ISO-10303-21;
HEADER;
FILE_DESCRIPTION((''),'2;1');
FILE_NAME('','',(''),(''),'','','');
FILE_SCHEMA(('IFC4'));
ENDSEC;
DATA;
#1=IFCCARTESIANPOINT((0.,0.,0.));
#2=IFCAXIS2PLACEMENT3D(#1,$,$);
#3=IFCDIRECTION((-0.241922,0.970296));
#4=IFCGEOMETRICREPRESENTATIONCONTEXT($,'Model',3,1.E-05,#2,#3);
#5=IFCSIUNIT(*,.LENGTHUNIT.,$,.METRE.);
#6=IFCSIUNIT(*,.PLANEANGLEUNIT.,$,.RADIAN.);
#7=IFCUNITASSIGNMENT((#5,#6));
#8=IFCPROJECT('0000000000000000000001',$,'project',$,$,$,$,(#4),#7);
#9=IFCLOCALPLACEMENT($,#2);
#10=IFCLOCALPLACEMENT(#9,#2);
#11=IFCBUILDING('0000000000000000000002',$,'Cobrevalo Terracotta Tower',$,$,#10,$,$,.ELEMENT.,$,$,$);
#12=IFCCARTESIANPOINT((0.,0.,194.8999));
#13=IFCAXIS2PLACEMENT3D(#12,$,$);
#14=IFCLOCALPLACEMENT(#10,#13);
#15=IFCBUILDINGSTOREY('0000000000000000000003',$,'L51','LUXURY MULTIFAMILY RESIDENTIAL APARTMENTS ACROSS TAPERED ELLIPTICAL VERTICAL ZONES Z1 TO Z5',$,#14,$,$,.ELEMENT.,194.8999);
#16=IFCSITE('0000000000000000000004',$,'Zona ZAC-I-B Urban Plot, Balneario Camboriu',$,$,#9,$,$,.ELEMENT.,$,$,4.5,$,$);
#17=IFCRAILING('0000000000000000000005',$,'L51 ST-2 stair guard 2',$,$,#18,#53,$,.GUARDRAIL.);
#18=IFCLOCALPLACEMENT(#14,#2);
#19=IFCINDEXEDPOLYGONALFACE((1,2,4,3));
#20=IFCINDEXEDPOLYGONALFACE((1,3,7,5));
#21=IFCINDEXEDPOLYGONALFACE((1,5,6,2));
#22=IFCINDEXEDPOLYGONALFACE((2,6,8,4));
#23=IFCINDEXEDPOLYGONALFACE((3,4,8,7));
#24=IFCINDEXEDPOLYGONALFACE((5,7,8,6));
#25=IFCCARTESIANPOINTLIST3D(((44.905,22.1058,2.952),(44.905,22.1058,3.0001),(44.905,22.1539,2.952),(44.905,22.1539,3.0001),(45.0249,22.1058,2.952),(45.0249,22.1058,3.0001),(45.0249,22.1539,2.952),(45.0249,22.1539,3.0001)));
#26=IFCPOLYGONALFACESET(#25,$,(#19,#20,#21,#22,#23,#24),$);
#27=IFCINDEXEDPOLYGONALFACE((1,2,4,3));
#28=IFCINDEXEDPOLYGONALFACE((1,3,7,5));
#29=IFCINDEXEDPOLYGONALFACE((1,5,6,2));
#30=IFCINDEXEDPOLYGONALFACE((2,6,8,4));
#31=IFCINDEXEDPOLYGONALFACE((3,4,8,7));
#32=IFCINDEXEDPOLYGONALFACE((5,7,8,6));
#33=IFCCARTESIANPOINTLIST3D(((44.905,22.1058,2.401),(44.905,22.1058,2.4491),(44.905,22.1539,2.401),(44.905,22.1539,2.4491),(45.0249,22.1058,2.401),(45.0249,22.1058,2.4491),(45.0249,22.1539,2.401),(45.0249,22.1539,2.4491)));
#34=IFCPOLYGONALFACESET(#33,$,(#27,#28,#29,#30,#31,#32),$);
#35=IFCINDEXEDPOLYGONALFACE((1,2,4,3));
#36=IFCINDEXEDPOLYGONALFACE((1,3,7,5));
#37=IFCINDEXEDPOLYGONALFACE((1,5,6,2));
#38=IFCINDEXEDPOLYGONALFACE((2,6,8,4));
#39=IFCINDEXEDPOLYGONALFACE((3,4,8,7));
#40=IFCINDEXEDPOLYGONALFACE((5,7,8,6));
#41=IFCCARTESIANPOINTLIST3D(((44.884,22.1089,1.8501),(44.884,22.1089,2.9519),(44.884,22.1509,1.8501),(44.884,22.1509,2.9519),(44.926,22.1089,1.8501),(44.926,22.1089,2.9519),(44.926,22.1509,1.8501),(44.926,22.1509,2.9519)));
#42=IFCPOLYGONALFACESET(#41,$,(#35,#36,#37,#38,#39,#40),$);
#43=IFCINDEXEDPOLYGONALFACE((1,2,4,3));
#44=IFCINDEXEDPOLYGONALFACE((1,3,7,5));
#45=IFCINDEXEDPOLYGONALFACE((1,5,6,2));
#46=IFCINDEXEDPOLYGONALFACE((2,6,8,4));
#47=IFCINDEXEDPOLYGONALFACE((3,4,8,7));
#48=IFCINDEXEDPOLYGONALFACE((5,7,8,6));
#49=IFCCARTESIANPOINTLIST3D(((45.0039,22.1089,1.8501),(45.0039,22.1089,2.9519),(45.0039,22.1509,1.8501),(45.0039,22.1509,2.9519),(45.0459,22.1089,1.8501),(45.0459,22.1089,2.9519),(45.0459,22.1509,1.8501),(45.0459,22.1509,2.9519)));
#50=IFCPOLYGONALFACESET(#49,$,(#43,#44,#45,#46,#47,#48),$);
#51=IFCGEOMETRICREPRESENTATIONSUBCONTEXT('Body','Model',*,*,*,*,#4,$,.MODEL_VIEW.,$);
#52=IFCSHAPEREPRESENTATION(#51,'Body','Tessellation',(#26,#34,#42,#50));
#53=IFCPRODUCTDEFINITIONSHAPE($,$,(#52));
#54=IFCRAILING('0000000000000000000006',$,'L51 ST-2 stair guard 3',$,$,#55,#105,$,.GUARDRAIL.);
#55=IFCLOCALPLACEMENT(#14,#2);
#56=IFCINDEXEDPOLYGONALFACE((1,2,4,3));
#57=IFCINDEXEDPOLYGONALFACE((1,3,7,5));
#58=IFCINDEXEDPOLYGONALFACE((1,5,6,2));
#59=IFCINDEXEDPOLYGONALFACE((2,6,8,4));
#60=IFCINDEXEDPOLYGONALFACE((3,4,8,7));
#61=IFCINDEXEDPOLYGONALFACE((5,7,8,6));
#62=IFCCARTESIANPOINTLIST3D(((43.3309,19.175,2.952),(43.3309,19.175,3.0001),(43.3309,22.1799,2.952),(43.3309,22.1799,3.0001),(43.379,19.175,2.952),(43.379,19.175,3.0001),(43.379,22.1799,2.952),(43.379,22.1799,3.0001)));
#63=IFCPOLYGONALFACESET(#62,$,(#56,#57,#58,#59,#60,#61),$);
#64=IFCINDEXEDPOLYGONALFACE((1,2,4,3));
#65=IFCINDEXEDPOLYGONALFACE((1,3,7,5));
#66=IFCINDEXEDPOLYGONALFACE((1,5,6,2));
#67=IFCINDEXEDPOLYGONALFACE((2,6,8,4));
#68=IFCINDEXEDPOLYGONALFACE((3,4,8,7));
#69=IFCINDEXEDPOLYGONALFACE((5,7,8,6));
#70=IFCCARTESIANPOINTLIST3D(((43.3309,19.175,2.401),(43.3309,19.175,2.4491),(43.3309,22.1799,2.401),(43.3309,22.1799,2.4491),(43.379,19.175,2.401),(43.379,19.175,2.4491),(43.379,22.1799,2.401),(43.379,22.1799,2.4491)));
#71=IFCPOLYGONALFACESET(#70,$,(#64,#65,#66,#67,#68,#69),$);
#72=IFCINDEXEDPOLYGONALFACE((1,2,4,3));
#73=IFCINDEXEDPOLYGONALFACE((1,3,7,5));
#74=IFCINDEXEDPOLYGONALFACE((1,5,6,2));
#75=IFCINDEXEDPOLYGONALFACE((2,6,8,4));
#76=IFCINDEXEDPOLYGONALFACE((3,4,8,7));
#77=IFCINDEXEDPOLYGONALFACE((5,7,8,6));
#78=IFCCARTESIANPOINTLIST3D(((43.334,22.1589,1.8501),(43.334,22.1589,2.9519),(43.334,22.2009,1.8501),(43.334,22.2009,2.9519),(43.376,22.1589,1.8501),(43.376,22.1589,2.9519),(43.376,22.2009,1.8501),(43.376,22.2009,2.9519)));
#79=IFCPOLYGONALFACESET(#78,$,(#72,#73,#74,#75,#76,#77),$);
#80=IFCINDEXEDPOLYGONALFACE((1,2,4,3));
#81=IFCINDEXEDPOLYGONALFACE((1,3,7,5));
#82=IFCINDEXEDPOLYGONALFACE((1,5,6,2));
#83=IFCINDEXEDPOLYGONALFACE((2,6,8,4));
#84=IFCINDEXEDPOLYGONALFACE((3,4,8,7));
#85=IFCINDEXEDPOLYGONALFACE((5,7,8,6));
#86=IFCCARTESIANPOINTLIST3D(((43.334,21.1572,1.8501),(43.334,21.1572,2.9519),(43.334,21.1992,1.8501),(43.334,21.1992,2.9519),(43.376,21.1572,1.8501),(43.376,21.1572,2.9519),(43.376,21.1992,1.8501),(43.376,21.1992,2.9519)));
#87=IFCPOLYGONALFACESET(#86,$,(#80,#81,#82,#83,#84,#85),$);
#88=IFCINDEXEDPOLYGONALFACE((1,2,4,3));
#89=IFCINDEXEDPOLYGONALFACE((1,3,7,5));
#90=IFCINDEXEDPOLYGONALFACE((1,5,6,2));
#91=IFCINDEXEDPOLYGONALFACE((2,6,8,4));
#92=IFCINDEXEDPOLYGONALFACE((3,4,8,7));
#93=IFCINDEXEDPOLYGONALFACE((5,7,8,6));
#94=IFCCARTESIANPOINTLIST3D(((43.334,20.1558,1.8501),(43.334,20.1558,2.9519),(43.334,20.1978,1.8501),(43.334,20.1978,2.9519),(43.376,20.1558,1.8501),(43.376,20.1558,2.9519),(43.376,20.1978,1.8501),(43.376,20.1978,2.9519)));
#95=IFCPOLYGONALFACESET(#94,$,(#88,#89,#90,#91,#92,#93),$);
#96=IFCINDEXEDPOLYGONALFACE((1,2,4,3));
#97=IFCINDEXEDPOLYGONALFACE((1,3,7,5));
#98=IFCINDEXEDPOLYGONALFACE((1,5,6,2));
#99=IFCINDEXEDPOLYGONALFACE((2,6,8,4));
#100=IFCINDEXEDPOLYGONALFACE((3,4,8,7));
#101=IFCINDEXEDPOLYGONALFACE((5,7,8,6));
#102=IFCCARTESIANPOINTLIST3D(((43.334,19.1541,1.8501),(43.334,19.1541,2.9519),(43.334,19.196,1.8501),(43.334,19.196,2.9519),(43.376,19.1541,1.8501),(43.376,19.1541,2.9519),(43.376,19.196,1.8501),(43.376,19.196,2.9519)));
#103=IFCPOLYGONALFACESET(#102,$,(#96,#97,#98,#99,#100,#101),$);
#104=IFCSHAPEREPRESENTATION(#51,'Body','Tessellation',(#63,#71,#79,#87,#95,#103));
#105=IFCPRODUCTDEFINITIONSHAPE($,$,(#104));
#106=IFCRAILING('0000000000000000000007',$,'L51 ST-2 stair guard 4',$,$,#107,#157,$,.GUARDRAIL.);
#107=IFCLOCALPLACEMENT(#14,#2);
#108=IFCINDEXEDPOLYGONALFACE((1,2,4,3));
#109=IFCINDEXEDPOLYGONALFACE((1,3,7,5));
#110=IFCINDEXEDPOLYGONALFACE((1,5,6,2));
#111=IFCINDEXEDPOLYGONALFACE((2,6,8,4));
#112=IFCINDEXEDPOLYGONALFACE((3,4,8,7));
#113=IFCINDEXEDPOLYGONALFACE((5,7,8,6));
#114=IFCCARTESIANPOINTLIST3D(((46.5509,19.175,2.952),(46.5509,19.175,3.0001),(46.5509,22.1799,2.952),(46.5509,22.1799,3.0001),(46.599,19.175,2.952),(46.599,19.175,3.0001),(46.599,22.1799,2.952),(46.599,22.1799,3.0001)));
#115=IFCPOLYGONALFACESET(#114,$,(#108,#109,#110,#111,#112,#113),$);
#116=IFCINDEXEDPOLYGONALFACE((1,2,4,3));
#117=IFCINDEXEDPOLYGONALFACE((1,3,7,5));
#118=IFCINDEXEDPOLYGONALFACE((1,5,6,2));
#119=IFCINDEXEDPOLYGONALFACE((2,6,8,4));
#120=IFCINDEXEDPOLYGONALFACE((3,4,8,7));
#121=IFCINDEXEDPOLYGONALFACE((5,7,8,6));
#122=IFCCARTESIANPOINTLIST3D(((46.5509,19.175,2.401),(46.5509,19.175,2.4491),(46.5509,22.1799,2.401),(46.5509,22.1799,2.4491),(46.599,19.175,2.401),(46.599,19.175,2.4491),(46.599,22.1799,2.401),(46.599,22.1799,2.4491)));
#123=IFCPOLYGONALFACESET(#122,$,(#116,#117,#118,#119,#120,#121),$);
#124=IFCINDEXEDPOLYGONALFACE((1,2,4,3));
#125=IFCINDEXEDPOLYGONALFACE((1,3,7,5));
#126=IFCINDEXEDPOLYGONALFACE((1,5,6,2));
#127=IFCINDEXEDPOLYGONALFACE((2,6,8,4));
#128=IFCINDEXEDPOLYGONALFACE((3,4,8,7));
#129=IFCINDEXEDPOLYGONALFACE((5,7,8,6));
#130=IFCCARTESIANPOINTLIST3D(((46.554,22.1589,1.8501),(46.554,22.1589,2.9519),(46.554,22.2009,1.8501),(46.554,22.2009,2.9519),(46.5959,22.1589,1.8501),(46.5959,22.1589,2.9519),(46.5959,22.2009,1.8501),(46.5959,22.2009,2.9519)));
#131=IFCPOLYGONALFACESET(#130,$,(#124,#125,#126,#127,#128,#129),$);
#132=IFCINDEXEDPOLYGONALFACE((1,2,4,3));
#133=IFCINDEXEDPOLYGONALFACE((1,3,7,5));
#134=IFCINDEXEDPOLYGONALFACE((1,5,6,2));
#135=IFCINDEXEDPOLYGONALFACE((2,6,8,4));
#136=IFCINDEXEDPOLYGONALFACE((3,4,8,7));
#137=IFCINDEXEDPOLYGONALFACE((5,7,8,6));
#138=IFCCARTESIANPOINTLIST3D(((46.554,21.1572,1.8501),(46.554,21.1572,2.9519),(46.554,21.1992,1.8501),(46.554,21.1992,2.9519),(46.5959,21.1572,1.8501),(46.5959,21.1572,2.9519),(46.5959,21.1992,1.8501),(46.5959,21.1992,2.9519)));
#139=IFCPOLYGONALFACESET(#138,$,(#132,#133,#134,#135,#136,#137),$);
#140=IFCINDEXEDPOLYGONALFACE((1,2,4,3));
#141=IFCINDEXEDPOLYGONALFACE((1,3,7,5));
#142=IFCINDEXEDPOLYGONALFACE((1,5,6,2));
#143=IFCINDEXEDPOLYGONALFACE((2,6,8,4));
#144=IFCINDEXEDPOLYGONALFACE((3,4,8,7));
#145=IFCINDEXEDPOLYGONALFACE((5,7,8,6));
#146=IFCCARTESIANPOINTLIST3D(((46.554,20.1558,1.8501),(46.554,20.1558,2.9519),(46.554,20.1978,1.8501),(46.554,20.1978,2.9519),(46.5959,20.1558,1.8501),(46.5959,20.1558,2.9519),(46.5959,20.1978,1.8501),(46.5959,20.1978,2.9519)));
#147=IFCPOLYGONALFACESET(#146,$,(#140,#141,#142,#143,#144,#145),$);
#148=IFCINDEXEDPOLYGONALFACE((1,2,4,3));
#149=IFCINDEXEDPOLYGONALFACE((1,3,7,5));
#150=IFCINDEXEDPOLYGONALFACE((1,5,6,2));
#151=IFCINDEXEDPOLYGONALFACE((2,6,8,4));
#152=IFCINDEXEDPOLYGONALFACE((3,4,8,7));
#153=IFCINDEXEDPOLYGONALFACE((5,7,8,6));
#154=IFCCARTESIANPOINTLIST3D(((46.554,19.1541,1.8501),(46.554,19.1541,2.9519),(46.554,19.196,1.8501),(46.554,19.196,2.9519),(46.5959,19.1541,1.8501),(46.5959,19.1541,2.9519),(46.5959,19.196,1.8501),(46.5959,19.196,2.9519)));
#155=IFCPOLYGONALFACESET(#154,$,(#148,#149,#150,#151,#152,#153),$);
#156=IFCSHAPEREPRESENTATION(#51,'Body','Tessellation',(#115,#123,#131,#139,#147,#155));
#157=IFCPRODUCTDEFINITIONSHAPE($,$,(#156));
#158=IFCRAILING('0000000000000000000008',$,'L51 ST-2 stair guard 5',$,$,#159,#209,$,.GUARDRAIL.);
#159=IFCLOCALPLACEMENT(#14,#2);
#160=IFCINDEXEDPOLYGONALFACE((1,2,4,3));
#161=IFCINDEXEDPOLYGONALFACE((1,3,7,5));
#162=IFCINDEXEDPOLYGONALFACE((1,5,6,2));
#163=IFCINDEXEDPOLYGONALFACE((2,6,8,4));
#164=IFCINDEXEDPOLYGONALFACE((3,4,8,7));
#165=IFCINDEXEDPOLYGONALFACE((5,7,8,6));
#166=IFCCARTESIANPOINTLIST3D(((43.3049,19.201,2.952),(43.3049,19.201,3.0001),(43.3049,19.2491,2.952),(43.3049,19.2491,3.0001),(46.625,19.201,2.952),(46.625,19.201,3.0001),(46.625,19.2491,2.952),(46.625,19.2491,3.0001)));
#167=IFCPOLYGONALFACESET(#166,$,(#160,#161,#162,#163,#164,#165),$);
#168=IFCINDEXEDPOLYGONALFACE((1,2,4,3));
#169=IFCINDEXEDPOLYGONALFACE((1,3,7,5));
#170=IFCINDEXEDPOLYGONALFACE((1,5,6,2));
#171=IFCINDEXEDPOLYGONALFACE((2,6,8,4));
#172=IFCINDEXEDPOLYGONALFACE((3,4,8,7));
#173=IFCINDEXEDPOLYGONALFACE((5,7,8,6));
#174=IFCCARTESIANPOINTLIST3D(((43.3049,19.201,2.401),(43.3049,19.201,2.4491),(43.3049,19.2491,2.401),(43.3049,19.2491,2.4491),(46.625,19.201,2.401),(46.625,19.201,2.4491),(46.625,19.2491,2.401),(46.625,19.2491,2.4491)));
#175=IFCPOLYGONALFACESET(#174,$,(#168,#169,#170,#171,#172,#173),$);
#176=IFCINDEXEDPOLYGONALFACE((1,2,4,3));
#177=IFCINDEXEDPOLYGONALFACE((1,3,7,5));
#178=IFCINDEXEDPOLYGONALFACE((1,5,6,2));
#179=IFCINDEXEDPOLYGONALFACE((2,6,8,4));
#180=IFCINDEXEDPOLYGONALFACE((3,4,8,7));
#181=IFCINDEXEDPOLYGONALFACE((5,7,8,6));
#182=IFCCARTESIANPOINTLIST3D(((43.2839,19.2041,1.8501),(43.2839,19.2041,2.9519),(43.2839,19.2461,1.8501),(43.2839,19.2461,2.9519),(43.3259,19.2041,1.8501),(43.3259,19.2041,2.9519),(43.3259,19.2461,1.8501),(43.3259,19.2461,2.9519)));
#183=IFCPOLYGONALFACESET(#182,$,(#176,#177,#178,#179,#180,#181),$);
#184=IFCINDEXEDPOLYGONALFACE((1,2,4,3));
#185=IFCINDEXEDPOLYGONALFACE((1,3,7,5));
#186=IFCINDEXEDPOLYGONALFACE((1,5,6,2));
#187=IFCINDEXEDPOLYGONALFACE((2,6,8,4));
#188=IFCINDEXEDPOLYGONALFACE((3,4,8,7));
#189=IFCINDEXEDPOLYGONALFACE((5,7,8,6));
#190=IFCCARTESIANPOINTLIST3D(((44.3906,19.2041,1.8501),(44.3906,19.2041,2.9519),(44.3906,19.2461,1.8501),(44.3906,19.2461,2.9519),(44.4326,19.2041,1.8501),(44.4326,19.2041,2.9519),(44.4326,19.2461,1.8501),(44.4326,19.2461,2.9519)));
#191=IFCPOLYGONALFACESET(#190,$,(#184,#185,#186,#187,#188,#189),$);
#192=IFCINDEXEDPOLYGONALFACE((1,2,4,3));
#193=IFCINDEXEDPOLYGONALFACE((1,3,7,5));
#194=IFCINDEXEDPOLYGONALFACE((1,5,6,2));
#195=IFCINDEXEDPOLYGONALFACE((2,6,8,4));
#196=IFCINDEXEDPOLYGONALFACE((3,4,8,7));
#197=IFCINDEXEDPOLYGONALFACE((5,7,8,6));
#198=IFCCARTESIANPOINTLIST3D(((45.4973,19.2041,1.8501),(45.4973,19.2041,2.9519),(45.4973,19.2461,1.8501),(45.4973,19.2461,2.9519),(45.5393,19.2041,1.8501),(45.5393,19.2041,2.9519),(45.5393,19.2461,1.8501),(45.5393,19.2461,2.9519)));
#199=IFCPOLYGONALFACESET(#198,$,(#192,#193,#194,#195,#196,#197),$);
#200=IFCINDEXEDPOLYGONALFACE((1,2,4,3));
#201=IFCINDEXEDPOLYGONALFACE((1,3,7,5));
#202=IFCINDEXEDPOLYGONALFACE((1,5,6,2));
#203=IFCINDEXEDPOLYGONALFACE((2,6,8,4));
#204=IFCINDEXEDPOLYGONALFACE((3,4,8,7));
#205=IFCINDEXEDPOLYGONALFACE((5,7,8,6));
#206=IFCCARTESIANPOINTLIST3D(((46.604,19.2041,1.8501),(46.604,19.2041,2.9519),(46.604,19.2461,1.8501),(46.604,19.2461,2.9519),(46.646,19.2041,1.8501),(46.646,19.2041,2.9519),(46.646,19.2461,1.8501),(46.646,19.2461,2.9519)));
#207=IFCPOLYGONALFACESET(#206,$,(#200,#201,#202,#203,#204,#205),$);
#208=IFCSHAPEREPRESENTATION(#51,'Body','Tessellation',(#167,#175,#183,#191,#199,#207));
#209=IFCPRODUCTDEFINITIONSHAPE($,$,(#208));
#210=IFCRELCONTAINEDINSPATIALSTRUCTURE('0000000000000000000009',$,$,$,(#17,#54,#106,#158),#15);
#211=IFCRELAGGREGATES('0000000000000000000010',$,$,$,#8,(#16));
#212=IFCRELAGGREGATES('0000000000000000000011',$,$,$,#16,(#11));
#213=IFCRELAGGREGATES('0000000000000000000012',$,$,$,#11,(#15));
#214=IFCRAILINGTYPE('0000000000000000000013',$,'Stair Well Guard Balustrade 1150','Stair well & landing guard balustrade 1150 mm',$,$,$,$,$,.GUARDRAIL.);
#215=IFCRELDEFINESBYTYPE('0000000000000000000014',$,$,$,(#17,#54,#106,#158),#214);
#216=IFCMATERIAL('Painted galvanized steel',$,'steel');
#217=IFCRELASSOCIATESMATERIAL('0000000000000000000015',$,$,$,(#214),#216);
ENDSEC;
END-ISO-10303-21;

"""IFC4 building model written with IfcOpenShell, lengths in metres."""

from ifc_helpers import new_model, si_unit, direction, frame, origin, origin_2d, place, context, subcontext, project, spatial, rectangle, extrude, material, type_object, element, save


model = new_model("IFC4")

# Units and contexts
model_context = context("Model", 3, precision=1e-05, world=origin(), true_north=direction((-0.241922, 0.970296)))
body_context = subcontext(model_context, "Body", "Model", "MODEL_VIEW")
ifc_project = project(units=[si_unit("LENGTHUNIT", "METRE"), si_unit("PLANEANGLEUNIT", "RADIAN")], contexts=[model_context])

# Site, building, storey
site_placement = place(None, origin())
site = spatial("IfcSite", under=ifc_project, at=site_placement, Name="Zona ZAC-I-B Urban Plot, Balneario Camboriu", CompositionType="ELEMENT", RefElevation=4.5)
building_placement = place(site_placement, origin())
building = spatial("IfcBuilding", under=site, at=building_placement, Name="Cobrevalo Terracotta Tower", CompositionType="ELEMENT")
storey_placement = place(building_placement, frame((0.0, 0.0, 194.8999)))
storey = spatial("IfcBuildingStorey", under=building, at=storey_placement, Name="L51", Description="LUXURY MULTIFAMILY RESIDENTIAL APARTMENTS ACROSS TAPERED ELLIPTICAL VERTICAL ZONES Z1 TO Z5", CompositionType="ELEMENT", Elevation=194.8999)

# Railings
ifc_material_1 = material(Name="Painted galvanized steel", Category="steel")
railing_type_1 = type_object("IfcRailingType", Name="Stair Well Guard Balustrade 1150", Description="Stair well & landing guard balustrade 1150 mm", PredefinedType="GUARDRAIL", material=ifc_material_1)
railing_1_placement = place(storey_placement, frame((44.905, 22.1299, 1.8501)))
element("IfcRailing", 1, at=railing_1_placement, inside=storey, type_object=railing_type_1, Name="L51 ST-2 stair guard 2", PredefinedType="GUARDRAIL", context=body_context, shape_type="SweptSolid", body=[
    extrude(rectangle(XDim=0.0481, YDim=0.0481, at=origin_2d()), frame((0.0, 0.0, 1.126), z_axis=(1.0, 0.0, 0.0), x_axis=(0.0, 1.0, 0.0)), (0.0, 0.0, 1.0), 0.1199),
    extrude(rectangle(XDim=0.0481, YDim=0.0481, at=origin_2d()), frame((0.0, 0.0, 0.575), z_axis=(1.0, 0.0, 0.0), x_axis=(0.0, 1.0, 0.0)), (0.0, 0.0, 1.0), 0.1199),
    extrude(rectangle(XDim=0.042, YDim=0.042, at=origin_2d()), origin(), (0.0, 0.0, 1.0), 1.1018),
    extrude(rectangle(XDim=0.042, YDim=0.042, at=origin_2d()), frame((0.1199, 0.0, 0.0)), (0.0, 0.0, 1.0), 1.1018),
])
for number, where, name in (
    (2, (43.355, 22.1799, 1.8501), "L51 ST-2 stair guard 3"),
    (3, (46.575, 22.1799, 1.8501), "L51 ST-2 stair guard 4"),
):
    element("IfcRailing", number, at=place(storey_placement, frame(where)), inside=storey, type_object=railing_type_1, Name=name, PredefinedType="GUARDRAIL", context=body_context, shape_type="SweptSolid", body=[
        extrude(rectangle(XDim=0.0481, YDim=0.0481, at=origin_2d()), frame((0.0, 0.0, 1.126), z_axis=(0.0, -1.0, 0.0), x_axis=(1.0, 0.0, 0.0)), (0.0, 0.0, 1.0), 3.0049),
        extrude(rectangle(XDim=0.0481, YDim=0.0481, at=origin_2d()), frame((0.0, 0.0, 0.575), z_axis=(0.0, -1.0, 0.0), x_axis=(1.0, 0.0, 0.0)), (0.0, 0.0, 1.0), 3.0049),
        extrude(rectangle(XDim=0.042, YDim=0.042, at=origin_2d()), origin(), (0.0, 0.0, 1.0), 1.1018),
        extrude(rectangle(XDim=0.042, YDim=0.042, at=origin_2d()), frame((0.0, -1.0017, 0.0)), (0.0, 0.0, 1.0), 1.1018),
        extrude(rectangle(XDim=0.042, YDim=0.042, at=origin_2d()), frame((0.0, -2.0032, 0.0)), (0.0, 0.0, 1.0), 1.1018),
        extrude(rectangle(XDim=0.042, YDim=0.042, at=origin_2d()), frame((0.0, -3.0049, 0.0)), (0.0, 0.0, 1.0), 1.1018),
    ])
railing_2_placement = place(storey_placement, frame((43.3049, 19.2251, 1.8501)))
element("IfcRailing", 4, at=railing_2_placement, inside=storey, type_object=railing_type_1, Name="L51 ST-2 stair guard 5", PredefinedType="GUARDRAIL", context=body_context, shape_type="SweptSolid", body=[
    extrude(rectangle(XDim=0.0481, YDim=0.0481, at=origin_2d()), frame((0.0, 0.0, 1.126), z_axis=(1.0, 0.0, 0.0), x_axis=(0.0, 1.0, 0.0)), (0.0, 0.0, 1.0), 3.3201),
    extrude(rectangle(XDim=0.0481, YDim=0.0481, at=origin_2d()), frame((0.0, 0.0, 0.575), z_axis=(1.0, 0.0, 0.0), x_axis=(0.0, 1.0, 0.0)), (0.0, 0.0, 1.0), 3.3201),
    extrude(rectangle(XDim=0.042, YDim=0.042, at=origin_2d()), origin(), (0.0, 0.0, 1.0), 1.1018),
    extrude(rectangle(XDim=0.042, YDim=0.042, at=origin_2d()), frame((1.1067, 0.0, 0.0)), (0.0, 0.0, 1.0), 1.1018),
    extrude(rectangle(XDim=0.042, YDim=0.042, at=origin_2d()), frame((2.2134, 0.0, 0.0)), (0.0, 0.0, 1.0), 1.1018),
    extrude(rectangle(XDim=0.042, YDim=0.042, at=origin_2d()), frame((3.3201, 0.0, 0.0)), (0.0, 0.0, 1.0), 1.1018),
])

save(model, "model.ifc")
